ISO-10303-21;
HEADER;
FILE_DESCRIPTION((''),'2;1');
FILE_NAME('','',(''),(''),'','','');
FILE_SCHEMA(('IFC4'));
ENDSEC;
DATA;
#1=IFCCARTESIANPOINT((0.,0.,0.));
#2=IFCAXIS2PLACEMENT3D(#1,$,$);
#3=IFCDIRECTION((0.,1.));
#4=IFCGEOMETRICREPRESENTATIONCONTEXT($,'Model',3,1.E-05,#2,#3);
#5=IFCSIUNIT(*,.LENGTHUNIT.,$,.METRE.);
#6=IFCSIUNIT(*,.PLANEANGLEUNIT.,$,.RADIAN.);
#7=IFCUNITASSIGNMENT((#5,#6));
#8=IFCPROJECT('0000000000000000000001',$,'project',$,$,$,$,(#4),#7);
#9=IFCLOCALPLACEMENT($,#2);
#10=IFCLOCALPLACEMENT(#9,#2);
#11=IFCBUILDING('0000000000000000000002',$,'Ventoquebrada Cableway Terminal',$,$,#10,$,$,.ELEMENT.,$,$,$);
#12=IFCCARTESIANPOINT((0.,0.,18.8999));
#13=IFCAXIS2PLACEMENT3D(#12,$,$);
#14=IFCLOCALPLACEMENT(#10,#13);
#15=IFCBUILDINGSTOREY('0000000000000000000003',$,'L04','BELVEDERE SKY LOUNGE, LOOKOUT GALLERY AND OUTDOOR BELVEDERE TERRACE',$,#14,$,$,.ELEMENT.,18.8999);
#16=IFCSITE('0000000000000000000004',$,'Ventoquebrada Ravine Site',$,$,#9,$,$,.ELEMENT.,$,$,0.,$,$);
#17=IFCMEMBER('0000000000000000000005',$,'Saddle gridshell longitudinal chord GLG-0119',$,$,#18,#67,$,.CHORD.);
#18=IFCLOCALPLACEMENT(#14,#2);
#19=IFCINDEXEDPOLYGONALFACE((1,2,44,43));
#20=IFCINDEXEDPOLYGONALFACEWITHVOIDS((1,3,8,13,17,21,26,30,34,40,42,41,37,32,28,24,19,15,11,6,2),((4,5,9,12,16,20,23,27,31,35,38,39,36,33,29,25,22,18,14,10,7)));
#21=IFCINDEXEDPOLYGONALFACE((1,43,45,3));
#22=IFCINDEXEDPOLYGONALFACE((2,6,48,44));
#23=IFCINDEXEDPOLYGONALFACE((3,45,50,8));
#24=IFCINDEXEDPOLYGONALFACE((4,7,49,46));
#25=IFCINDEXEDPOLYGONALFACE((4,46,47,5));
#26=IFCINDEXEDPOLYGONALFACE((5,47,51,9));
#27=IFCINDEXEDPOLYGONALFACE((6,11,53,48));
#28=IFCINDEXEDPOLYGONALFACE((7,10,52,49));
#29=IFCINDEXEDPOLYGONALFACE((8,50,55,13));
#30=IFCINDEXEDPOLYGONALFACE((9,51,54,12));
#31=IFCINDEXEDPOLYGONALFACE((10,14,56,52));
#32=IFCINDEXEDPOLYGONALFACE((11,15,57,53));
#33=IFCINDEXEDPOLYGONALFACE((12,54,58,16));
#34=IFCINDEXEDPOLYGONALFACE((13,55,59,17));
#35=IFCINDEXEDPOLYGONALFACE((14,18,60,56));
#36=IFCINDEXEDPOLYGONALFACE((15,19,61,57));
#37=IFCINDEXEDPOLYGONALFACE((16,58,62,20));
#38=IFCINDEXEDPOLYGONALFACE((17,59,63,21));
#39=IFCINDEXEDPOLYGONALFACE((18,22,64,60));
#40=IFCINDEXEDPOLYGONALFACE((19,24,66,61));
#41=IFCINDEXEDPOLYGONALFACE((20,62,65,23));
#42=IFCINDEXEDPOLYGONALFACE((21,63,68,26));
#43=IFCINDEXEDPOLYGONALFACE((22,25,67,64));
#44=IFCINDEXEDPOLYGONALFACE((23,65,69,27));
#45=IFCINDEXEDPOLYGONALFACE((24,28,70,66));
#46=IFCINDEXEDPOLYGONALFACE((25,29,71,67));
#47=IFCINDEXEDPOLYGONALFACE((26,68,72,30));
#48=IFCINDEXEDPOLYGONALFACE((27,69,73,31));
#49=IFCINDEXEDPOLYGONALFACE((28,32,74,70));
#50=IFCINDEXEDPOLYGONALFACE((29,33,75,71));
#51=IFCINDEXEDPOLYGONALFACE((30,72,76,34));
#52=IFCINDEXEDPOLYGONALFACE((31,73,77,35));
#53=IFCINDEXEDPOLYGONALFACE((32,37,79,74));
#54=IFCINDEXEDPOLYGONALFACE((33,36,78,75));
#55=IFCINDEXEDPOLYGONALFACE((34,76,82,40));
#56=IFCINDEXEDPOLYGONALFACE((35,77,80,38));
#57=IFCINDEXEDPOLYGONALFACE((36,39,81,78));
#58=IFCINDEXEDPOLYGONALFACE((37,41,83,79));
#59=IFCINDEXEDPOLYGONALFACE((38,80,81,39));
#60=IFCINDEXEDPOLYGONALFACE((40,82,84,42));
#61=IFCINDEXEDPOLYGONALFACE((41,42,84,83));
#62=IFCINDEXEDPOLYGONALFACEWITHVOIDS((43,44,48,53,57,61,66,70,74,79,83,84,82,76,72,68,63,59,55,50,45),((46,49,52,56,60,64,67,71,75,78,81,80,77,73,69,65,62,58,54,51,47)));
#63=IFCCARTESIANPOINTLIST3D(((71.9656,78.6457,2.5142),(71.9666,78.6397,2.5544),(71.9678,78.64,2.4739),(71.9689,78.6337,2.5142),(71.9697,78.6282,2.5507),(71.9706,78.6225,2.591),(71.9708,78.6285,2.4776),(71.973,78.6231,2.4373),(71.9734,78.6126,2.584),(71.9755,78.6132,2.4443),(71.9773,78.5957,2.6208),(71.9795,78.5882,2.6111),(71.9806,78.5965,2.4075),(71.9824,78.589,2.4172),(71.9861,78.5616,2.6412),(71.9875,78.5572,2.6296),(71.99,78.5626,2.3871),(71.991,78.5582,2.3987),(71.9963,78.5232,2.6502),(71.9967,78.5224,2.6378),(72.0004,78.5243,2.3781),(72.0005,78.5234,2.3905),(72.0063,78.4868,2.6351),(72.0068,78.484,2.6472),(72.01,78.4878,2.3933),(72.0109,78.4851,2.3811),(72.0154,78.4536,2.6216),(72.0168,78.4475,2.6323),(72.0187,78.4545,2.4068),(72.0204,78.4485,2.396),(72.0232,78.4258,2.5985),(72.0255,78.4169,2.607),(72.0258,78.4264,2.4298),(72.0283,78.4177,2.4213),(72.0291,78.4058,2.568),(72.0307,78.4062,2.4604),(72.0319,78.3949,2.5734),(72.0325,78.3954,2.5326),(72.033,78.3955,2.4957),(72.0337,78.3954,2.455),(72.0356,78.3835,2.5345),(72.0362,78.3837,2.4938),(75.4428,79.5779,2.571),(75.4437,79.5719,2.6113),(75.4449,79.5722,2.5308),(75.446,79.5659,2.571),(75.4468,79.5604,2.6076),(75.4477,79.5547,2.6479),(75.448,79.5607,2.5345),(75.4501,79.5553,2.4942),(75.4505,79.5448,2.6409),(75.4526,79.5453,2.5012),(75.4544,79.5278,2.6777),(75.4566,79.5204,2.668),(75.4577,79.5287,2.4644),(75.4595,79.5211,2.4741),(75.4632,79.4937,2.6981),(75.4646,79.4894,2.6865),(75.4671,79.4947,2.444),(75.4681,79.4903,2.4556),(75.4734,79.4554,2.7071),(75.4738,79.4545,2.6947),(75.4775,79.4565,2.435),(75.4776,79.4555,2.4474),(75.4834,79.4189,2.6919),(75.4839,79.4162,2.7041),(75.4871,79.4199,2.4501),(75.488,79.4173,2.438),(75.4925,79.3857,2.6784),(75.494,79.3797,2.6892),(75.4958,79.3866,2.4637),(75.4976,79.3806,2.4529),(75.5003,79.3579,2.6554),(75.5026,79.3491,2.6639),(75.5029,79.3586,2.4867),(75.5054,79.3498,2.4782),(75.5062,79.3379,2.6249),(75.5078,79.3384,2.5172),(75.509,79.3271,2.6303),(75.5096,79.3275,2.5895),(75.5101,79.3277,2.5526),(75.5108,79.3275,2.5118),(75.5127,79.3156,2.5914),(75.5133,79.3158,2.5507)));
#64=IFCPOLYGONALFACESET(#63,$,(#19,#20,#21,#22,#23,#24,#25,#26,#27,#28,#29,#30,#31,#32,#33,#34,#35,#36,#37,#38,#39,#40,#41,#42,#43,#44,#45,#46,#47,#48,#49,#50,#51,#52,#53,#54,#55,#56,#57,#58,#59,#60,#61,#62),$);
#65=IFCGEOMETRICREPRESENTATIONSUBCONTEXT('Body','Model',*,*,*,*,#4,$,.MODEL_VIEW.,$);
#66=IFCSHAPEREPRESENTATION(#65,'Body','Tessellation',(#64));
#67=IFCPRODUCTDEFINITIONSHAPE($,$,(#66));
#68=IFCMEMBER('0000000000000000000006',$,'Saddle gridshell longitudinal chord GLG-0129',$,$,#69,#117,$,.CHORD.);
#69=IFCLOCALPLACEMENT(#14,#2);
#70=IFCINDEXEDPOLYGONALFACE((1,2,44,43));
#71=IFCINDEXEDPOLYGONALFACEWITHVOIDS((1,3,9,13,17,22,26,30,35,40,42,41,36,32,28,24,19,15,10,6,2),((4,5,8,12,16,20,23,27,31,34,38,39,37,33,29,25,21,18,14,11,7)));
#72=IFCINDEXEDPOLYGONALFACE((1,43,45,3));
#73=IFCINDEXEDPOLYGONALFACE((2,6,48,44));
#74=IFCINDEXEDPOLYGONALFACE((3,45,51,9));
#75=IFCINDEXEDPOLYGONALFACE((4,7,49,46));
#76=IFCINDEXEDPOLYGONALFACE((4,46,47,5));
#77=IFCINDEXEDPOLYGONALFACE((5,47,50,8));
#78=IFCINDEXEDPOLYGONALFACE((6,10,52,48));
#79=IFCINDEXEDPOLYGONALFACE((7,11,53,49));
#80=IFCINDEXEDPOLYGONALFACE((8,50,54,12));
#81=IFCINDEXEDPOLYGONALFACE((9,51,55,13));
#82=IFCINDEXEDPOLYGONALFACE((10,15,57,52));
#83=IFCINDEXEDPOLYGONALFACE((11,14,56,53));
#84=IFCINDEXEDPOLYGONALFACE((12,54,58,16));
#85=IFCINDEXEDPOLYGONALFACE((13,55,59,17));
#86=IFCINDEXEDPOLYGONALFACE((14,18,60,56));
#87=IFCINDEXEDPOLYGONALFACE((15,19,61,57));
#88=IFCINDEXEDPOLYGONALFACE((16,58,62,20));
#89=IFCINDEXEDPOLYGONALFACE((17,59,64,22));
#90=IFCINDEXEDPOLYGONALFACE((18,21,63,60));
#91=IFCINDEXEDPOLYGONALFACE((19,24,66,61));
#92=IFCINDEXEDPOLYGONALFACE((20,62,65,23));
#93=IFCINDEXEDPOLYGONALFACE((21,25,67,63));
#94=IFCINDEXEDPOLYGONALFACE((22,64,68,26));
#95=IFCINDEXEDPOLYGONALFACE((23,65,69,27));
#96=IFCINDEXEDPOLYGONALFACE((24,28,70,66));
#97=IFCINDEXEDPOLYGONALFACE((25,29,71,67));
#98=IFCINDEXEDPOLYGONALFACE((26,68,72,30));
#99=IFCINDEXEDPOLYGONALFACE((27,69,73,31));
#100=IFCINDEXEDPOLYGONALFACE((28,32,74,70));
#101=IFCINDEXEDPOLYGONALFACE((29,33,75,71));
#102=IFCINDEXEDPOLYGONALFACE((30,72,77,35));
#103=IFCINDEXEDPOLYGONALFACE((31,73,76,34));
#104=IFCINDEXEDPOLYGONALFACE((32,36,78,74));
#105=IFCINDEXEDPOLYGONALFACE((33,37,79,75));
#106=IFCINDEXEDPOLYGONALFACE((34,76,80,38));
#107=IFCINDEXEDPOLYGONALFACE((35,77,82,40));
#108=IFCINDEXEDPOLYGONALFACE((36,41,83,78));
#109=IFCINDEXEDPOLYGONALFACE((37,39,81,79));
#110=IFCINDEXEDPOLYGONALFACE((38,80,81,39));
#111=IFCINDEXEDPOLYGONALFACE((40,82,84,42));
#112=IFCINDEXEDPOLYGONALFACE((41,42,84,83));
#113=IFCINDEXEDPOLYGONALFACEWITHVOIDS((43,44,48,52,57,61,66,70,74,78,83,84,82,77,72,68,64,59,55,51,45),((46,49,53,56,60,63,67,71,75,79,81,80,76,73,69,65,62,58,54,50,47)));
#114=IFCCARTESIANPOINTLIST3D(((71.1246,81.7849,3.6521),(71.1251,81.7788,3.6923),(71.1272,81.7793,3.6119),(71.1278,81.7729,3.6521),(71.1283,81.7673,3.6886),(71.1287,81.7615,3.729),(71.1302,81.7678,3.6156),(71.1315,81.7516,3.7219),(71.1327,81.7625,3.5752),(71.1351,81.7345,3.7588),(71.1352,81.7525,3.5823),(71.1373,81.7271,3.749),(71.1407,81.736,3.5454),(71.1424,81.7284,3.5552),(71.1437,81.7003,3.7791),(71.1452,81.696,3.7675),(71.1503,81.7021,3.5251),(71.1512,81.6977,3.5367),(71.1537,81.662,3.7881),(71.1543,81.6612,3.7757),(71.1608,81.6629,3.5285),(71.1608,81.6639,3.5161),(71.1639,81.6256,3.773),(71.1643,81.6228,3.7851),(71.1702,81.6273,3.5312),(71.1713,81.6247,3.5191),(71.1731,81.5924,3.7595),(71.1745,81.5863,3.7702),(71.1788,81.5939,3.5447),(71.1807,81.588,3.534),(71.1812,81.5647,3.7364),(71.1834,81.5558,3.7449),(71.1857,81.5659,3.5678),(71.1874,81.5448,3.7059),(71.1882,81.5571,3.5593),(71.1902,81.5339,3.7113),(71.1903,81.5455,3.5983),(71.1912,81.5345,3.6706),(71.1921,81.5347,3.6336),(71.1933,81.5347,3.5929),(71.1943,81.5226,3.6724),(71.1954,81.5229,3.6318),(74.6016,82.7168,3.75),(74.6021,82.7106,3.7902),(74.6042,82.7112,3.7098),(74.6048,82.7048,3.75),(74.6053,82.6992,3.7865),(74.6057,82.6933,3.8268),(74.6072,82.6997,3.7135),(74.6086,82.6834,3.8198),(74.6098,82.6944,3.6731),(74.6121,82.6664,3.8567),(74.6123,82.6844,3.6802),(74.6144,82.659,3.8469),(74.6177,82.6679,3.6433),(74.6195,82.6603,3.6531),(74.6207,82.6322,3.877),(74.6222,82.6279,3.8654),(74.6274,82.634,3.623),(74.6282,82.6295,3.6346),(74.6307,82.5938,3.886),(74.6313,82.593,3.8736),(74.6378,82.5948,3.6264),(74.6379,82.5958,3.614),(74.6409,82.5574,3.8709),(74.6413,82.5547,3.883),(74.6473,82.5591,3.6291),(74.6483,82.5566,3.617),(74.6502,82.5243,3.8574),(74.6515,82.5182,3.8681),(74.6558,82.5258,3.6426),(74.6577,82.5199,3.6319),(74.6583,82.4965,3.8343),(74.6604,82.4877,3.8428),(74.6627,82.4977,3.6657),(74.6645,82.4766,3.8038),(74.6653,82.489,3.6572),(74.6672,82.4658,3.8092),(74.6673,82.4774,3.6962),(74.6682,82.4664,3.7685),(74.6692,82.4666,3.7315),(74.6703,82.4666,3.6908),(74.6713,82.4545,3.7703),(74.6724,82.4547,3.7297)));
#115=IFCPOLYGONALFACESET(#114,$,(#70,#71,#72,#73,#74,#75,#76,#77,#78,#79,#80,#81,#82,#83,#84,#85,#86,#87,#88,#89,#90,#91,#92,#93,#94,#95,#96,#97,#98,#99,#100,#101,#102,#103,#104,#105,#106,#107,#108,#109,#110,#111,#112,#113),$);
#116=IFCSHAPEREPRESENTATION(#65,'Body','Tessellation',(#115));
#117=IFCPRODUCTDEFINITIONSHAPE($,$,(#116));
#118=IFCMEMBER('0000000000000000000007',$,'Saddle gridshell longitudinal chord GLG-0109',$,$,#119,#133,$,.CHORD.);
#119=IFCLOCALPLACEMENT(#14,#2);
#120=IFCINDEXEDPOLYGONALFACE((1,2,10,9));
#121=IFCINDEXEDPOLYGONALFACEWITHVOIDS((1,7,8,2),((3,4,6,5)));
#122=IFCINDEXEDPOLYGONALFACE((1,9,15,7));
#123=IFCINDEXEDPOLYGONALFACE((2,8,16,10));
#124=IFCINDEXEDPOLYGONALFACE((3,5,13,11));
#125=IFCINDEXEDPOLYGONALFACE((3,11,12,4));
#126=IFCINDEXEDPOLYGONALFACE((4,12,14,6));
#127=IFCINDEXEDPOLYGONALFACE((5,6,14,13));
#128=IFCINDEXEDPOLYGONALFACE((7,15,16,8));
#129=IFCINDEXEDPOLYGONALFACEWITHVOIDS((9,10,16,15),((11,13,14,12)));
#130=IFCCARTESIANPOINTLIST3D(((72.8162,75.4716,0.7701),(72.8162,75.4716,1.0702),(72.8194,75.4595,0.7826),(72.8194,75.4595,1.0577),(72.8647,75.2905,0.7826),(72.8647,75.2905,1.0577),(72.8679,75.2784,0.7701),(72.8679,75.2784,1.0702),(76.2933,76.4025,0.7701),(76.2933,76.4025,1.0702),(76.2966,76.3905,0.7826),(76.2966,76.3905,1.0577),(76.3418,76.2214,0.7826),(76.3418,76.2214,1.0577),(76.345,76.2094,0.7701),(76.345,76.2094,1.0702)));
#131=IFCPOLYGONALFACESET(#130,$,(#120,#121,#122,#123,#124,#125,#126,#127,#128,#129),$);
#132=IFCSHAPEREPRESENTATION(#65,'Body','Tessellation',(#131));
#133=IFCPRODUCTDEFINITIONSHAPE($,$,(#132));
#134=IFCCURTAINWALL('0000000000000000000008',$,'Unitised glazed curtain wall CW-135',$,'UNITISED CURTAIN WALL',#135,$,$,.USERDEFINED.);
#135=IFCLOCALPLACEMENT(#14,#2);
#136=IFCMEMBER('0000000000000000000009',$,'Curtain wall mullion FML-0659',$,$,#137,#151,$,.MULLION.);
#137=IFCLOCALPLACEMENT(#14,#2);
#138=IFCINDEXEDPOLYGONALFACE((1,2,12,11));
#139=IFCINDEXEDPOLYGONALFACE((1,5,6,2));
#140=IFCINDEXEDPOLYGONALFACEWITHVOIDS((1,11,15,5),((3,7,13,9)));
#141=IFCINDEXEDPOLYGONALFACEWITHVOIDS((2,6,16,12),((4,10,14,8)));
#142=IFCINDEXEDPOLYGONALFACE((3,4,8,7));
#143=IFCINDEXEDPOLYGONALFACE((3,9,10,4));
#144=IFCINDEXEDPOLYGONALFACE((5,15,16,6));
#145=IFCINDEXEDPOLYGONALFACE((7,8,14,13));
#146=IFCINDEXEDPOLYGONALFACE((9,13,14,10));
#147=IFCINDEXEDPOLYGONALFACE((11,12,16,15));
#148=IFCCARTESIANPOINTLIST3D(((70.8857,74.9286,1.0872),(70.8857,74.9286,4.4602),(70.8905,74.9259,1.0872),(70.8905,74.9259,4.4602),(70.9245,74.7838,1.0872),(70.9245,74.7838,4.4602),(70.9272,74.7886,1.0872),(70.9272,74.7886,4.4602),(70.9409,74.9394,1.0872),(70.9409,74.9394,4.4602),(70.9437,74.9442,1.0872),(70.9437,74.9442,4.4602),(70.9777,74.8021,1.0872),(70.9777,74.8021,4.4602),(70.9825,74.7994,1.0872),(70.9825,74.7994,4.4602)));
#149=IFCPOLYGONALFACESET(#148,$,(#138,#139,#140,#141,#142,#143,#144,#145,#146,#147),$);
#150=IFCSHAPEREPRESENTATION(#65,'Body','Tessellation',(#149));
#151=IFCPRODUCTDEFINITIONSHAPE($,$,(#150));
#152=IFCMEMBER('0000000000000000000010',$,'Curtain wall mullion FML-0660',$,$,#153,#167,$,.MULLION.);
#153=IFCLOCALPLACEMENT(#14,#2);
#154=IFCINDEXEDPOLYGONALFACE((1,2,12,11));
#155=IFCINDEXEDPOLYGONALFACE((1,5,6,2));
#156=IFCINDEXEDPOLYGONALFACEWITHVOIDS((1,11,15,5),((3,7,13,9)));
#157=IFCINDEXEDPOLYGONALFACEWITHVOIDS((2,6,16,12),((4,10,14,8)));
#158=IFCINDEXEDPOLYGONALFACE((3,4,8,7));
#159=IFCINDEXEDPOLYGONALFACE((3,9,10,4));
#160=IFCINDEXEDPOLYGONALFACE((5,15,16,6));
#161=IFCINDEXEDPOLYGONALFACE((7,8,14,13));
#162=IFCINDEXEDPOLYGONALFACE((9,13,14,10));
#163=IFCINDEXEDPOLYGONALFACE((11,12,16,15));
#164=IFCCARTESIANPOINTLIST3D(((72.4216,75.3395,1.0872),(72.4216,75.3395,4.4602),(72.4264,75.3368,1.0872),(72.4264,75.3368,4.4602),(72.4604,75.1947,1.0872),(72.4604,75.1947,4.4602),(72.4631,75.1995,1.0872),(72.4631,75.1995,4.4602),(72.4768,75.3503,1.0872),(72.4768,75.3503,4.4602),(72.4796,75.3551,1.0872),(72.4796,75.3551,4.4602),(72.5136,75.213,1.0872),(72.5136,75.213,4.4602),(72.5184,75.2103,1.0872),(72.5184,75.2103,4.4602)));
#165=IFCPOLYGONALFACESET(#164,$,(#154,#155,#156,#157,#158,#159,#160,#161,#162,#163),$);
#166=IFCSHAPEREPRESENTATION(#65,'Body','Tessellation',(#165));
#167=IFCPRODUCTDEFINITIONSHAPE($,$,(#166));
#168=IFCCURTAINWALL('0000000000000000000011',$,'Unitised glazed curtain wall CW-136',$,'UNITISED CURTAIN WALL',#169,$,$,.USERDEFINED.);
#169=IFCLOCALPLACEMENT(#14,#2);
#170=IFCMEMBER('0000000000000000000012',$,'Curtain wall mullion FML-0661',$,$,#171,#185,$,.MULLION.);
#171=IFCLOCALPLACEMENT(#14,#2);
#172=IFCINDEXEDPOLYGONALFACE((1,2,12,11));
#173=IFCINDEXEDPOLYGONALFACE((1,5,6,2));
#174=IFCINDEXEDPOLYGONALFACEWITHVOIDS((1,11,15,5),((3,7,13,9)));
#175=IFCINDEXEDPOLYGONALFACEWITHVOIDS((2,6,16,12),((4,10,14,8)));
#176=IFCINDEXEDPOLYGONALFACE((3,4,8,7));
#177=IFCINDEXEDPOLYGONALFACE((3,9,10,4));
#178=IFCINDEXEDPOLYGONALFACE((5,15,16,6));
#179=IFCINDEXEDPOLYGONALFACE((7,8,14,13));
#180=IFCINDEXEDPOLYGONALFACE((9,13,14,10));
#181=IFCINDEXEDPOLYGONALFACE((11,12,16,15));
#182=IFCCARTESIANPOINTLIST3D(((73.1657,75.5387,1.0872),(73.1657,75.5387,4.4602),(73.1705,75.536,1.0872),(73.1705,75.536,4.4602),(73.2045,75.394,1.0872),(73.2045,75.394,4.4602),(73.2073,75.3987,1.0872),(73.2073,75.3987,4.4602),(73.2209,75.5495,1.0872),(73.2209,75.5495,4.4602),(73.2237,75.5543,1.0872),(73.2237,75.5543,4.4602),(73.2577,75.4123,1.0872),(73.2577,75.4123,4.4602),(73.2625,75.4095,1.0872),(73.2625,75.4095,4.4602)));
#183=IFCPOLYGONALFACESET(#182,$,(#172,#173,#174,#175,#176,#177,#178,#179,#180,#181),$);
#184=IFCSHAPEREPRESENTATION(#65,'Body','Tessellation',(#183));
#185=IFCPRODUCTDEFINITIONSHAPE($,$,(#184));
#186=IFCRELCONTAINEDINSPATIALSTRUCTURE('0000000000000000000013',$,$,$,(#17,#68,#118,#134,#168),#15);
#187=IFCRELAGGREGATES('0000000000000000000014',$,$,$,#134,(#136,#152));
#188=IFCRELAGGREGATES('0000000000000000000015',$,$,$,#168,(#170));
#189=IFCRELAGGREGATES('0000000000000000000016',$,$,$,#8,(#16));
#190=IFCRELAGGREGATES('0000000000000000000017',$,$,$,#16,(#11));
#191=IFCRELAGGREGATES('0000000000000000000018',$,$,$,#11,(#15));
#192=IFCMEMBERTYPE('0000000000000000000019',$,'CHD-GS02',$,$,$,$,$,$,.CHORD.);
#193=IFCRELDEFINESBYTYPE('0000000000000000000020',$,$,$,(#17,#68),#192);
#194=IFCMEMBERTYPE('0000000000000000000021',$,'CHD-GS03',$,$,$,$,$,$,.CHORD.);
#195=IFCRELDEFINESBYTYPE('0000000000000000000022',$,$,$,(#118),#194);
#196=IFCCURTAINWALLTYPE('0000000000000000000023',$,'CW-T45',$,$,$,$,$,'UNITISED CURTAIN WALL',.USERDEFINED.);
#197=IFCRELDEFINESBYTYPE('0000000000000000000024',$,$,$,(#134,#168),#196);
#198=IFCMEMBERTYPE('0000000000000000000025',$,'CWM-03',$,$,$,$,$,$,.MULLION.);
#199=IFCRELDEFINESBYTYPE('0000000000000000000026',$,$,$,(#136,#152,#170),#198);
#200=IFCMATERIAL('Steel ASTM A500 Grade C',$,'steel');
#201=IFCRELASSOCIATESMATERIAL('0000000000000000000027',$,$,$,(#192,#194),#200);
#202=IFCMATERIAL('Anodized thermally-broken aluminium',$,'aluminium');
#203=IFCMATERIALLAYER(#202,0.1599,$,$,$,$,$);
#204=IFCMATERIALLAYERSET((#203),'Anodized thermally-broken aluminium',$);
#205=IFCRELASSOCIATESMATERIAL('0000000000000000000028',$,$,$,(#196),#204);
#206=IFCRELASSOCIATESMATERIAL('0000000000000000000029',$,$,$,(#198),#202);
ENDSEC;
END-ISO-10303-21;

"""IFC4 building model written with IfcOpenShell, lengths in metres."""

from ifc_helpers import new_model, si_unit, direction, frame, origin, origin_2d, place, context, subcontext, project, spatial, hollow_rectangle, hollow_circle, extrude, material, layer, layer_set, material_profile, profile_set, type_object, element, aggregate, save


model = new_model("IFC4")

# Units and contexts
model_context = context("Model", 3, precision=1e-05, world=origin(), true_north=direction((0.0, 1.0)))
body_context = subcontext(model_context, "Body", "Model", "MODEL_VIEW")
ifc_project = project(units=[si_unit("LENGTHUNIT", "METRE"), si_unit("PLANEANGLEUNIT", "RADIAN")], contexts=[model_context])

# Site, building, storey
site_placement = place(None, origin())
site = spatial("IfcSite", under=ifc_project, at=site_placement, Name="Ventoquebrada Ravine Site", CompositionType="ELEMENT", RefElevation=0.0)
building_placement = place(site_placement, origin())
building = spatial("IfcBuilding", under=site, at=building_placement, Name="Ventoquebrada Cableway Terminal", CompositionType="ELEMENT")
storey_placement = place(building_placement, frame((0.0, 0.0, 18.8999)))
storey = spatial("IfcBuildingStorey", under=building, at=storey_placement, Name="L04", Description="BELVEDERE SKY LOUNGE, LOOKOUT GALLERY AND OUTDOOR BELVEDERE TERRACE", CompositionType="ELEMENT", Elevation=18.8999)

# Members
ifc_material_1 = material(Name="Steel ASTM A500 Grade C", Category="steel")
ifc_material_profile_1 = material_profile(ifc_material_1, hollow_circle(Radius=0.1365, WallThickness=0.0125, at=origin_2d()), Name="CHS273.0X12.5")
ifc_profile_set_1 = profile_set([ifc_material_profile_1], Name="Steel ASTM A500 Grade C")
member_type_1 = type_object("IfcMemberType", Name="CHD-GS02", PredefinedType="CHORD", material=ifc_profile_set_1)
member_1_placement = place(storey_placement, frame((72.001, 78.5139, 2.5142), z_axis=(0.965774, 0.258905, 0.0158), x_axis=(-0.258937, 0.965894, 0.0)))
element("IfcMember", 1, at=member_1_placement, inside=storey, type_object=member_type_1, Name="Saddle gridshell longitudinal chord GLG-0119", PredefinedType="CHORD", context=body_context, shape_type="SweptSolid", body=[
    extrude(hollow_circle(Radius=0.1365, WallThickness=0.0125, at=origin_2d()), origin(), (0.0, 0.0, 1.0), 3.6003),
])
member_2_placement = place(storey_placement, frame((71.1599, 81.6531, 3.6521), z_axis=(0.965554, 0.258778, 0.027186), x_axis=(-0.258874, 0.965911, 0.0)))
element("IfcMember", 2, at=member_2_placement, inside=storey, type_object=member_type_1, Name="Saddle gridshell longitudinal chord GLG-0129", PredefinedType="CHORD", context=body_context, shape_type="SweptSolid", body=[
    extrude(hollow_circle(Radius=0.1365, WallThickness=0.0125, at=origin_2d()), origin(), (0.0, 0.0, 1.0), 3.6011),
])
ifc_material_profile_2 = material_profile(ifc_material_1, hollow_rectangle(XDim=0.2, YDim=0.3, WallThickness=0.0125, at=origin_2d()), Name="RHS300X200X12.5")
ifc_profile_set_2 = profile_set([ifc_material_profile_2], Name="Steel ASTM A500 Grade C")
member_type_2 = type_object("IfcMemberType", Name="CHD-GS03", PredefinedType="CHORD", material=ifc_profile_set_2)
member_3_placement = place(storey_placement, frame((72.842, 75.375, 0.9202), z_axis=(0.965979, 0.258621, 0.0), x_axis=(-0.258621, 0.965979, 0.0)))
element("IfcMember", 3, at=member_3_placement, inside=storey, type_object=member_type_2, Name="Saddle gridshell longitudinal chord GLG-0109", PredefinedType="CHORD", context=body_context, shape_type="SweptSolid", body=[
    extrude(hollow_rectangle(XDim=0.2, YDim=0.3, WallThickness=0.0125, at=origin_2d()), origin(), (0.0, 0.0, 1.0), 3.5996),
])

# Curtain wall, members
ifc_material_2 = material(Name="Anodized thermally-broken aluminium", Category="aluminium")
ifc_layer_1 = layer(ifc_material_2, 0.1599)
ifc_layer_set_1 = layer_set([ifc_layer_1], Name="Anodized thermally-broken aluminium")
curtain_wall_type = type_object("IfcCurtainWallType", Name="CW-T45", ElementType="UNITISED CURTAIN WALL", PredefinedType="USERDEFINED", material=ifc_layer_set_1)
curtain_wall_1_placement = place(storey_placement, origin())
curtain_wall_1 = element("IfcCurtainWall", 4, at=curtain_wall_1_placement, inside=storey, type_object=curtain_wall_type, Name="Unitised glazed curtain wall CW-135", ObjectType="UNITISED CURTAIN WALL", PredefinedType="USERDEFINED")
ifc_material_profile_3 = material_profile(ifc_material_2, hollow_rectangle(XDim=0.0601, YDim=0.1499, WallThickness=0.0039, at=origin_2d()), Name="CW-MUL-60X150")
ifc_profile_set_3 = profile_set([ifc_material_profile_3], Name="Anodized thermally-broken aluminium")
member_type_3 = type_object("IfcMemberType", Name="CWM-03", PredefinedType="MULLION", material=ifc_profile_set_3)
member_4_placement = place(storey_placement, frame((70.9341, 74.864, 1.0872), z_axis=(0.0, 0.0, 1.0), x_axis=(0.965944, 0.258752, 0.0)))
member_4 = element("IfcMember", 5, at=member_4_placement, type_object=member_type_3, Name="Curtain wall mullion FML-0659", PredefinedType="MULLION", context=body_context, shape_type="SweptSolid", body=[
    extrude(hollow_rectangle(XDim=0.0601, YDim=0.1499, WallThickness=0.0039, at=origin_2d()), origin(), (0.0, 0.0, 1.0), 3.373),
])
member_5_placement = place(storey_placement, frame((72.47, 75.2749, 1.0872), z_axis=(0.0, 0.0, 1.0), x_axis=(0.965944, 0.258752, 0.0)))
member_5 = element("IfcMember", 6, at=member_5_placement, type_object=member_type_3, Name="Curtain wall mullion FML-0660", PredefinedType="MULLION", context=body_context, shape_type="SweptSolid", body=[
    extrude(hollow_rectangle(XDim=0.0601, YDim=0.1499, WallThickness=0.0039, at=origin_2d()), origin(), (0.0, 0.0, 1.0), 3.373),
])

# Curtain wall, member
curtain_wall_2_placement = place(storey_placement, origin())
curtain_wall_2 = element("IfcCurtainWall", 7, at=curtain_wall_2_placement, inside=storey, type_object=curtain_wall_type, Name="Unitised glazed curtain wall CW-136", ObjectType="UNITISED CURTAIN WALL", PredefinedType="USERDEFINED")
member_6_placement = place(storey_placement, frame((73.2141, 75.4741, 1.0872), z_axis=(0.0, 0.0, 1.0), x_axis=(0.965903, 0.258903, 0.0)))
member_6 = element("IfcMember", 8, at=member_6_placement, type_object=member_type_3, Name="Curtain wall mullion FML-0661", PredefinedType="MULLION", context=body_context, shape_type="SweptSolid", body=[
    extrude(hollow_rectangle(XDim=0.0601, YDim=0.1499, WallThickness=0.0039, at=origin_2d()), origin(), (0.0, 0.0, 1.0), 3.373),
])

aggregate(curtain_wall_1, [member_4, member_5])
aggregate(curtain_wall_2, [member_6])

save(model, "model.ifc")
